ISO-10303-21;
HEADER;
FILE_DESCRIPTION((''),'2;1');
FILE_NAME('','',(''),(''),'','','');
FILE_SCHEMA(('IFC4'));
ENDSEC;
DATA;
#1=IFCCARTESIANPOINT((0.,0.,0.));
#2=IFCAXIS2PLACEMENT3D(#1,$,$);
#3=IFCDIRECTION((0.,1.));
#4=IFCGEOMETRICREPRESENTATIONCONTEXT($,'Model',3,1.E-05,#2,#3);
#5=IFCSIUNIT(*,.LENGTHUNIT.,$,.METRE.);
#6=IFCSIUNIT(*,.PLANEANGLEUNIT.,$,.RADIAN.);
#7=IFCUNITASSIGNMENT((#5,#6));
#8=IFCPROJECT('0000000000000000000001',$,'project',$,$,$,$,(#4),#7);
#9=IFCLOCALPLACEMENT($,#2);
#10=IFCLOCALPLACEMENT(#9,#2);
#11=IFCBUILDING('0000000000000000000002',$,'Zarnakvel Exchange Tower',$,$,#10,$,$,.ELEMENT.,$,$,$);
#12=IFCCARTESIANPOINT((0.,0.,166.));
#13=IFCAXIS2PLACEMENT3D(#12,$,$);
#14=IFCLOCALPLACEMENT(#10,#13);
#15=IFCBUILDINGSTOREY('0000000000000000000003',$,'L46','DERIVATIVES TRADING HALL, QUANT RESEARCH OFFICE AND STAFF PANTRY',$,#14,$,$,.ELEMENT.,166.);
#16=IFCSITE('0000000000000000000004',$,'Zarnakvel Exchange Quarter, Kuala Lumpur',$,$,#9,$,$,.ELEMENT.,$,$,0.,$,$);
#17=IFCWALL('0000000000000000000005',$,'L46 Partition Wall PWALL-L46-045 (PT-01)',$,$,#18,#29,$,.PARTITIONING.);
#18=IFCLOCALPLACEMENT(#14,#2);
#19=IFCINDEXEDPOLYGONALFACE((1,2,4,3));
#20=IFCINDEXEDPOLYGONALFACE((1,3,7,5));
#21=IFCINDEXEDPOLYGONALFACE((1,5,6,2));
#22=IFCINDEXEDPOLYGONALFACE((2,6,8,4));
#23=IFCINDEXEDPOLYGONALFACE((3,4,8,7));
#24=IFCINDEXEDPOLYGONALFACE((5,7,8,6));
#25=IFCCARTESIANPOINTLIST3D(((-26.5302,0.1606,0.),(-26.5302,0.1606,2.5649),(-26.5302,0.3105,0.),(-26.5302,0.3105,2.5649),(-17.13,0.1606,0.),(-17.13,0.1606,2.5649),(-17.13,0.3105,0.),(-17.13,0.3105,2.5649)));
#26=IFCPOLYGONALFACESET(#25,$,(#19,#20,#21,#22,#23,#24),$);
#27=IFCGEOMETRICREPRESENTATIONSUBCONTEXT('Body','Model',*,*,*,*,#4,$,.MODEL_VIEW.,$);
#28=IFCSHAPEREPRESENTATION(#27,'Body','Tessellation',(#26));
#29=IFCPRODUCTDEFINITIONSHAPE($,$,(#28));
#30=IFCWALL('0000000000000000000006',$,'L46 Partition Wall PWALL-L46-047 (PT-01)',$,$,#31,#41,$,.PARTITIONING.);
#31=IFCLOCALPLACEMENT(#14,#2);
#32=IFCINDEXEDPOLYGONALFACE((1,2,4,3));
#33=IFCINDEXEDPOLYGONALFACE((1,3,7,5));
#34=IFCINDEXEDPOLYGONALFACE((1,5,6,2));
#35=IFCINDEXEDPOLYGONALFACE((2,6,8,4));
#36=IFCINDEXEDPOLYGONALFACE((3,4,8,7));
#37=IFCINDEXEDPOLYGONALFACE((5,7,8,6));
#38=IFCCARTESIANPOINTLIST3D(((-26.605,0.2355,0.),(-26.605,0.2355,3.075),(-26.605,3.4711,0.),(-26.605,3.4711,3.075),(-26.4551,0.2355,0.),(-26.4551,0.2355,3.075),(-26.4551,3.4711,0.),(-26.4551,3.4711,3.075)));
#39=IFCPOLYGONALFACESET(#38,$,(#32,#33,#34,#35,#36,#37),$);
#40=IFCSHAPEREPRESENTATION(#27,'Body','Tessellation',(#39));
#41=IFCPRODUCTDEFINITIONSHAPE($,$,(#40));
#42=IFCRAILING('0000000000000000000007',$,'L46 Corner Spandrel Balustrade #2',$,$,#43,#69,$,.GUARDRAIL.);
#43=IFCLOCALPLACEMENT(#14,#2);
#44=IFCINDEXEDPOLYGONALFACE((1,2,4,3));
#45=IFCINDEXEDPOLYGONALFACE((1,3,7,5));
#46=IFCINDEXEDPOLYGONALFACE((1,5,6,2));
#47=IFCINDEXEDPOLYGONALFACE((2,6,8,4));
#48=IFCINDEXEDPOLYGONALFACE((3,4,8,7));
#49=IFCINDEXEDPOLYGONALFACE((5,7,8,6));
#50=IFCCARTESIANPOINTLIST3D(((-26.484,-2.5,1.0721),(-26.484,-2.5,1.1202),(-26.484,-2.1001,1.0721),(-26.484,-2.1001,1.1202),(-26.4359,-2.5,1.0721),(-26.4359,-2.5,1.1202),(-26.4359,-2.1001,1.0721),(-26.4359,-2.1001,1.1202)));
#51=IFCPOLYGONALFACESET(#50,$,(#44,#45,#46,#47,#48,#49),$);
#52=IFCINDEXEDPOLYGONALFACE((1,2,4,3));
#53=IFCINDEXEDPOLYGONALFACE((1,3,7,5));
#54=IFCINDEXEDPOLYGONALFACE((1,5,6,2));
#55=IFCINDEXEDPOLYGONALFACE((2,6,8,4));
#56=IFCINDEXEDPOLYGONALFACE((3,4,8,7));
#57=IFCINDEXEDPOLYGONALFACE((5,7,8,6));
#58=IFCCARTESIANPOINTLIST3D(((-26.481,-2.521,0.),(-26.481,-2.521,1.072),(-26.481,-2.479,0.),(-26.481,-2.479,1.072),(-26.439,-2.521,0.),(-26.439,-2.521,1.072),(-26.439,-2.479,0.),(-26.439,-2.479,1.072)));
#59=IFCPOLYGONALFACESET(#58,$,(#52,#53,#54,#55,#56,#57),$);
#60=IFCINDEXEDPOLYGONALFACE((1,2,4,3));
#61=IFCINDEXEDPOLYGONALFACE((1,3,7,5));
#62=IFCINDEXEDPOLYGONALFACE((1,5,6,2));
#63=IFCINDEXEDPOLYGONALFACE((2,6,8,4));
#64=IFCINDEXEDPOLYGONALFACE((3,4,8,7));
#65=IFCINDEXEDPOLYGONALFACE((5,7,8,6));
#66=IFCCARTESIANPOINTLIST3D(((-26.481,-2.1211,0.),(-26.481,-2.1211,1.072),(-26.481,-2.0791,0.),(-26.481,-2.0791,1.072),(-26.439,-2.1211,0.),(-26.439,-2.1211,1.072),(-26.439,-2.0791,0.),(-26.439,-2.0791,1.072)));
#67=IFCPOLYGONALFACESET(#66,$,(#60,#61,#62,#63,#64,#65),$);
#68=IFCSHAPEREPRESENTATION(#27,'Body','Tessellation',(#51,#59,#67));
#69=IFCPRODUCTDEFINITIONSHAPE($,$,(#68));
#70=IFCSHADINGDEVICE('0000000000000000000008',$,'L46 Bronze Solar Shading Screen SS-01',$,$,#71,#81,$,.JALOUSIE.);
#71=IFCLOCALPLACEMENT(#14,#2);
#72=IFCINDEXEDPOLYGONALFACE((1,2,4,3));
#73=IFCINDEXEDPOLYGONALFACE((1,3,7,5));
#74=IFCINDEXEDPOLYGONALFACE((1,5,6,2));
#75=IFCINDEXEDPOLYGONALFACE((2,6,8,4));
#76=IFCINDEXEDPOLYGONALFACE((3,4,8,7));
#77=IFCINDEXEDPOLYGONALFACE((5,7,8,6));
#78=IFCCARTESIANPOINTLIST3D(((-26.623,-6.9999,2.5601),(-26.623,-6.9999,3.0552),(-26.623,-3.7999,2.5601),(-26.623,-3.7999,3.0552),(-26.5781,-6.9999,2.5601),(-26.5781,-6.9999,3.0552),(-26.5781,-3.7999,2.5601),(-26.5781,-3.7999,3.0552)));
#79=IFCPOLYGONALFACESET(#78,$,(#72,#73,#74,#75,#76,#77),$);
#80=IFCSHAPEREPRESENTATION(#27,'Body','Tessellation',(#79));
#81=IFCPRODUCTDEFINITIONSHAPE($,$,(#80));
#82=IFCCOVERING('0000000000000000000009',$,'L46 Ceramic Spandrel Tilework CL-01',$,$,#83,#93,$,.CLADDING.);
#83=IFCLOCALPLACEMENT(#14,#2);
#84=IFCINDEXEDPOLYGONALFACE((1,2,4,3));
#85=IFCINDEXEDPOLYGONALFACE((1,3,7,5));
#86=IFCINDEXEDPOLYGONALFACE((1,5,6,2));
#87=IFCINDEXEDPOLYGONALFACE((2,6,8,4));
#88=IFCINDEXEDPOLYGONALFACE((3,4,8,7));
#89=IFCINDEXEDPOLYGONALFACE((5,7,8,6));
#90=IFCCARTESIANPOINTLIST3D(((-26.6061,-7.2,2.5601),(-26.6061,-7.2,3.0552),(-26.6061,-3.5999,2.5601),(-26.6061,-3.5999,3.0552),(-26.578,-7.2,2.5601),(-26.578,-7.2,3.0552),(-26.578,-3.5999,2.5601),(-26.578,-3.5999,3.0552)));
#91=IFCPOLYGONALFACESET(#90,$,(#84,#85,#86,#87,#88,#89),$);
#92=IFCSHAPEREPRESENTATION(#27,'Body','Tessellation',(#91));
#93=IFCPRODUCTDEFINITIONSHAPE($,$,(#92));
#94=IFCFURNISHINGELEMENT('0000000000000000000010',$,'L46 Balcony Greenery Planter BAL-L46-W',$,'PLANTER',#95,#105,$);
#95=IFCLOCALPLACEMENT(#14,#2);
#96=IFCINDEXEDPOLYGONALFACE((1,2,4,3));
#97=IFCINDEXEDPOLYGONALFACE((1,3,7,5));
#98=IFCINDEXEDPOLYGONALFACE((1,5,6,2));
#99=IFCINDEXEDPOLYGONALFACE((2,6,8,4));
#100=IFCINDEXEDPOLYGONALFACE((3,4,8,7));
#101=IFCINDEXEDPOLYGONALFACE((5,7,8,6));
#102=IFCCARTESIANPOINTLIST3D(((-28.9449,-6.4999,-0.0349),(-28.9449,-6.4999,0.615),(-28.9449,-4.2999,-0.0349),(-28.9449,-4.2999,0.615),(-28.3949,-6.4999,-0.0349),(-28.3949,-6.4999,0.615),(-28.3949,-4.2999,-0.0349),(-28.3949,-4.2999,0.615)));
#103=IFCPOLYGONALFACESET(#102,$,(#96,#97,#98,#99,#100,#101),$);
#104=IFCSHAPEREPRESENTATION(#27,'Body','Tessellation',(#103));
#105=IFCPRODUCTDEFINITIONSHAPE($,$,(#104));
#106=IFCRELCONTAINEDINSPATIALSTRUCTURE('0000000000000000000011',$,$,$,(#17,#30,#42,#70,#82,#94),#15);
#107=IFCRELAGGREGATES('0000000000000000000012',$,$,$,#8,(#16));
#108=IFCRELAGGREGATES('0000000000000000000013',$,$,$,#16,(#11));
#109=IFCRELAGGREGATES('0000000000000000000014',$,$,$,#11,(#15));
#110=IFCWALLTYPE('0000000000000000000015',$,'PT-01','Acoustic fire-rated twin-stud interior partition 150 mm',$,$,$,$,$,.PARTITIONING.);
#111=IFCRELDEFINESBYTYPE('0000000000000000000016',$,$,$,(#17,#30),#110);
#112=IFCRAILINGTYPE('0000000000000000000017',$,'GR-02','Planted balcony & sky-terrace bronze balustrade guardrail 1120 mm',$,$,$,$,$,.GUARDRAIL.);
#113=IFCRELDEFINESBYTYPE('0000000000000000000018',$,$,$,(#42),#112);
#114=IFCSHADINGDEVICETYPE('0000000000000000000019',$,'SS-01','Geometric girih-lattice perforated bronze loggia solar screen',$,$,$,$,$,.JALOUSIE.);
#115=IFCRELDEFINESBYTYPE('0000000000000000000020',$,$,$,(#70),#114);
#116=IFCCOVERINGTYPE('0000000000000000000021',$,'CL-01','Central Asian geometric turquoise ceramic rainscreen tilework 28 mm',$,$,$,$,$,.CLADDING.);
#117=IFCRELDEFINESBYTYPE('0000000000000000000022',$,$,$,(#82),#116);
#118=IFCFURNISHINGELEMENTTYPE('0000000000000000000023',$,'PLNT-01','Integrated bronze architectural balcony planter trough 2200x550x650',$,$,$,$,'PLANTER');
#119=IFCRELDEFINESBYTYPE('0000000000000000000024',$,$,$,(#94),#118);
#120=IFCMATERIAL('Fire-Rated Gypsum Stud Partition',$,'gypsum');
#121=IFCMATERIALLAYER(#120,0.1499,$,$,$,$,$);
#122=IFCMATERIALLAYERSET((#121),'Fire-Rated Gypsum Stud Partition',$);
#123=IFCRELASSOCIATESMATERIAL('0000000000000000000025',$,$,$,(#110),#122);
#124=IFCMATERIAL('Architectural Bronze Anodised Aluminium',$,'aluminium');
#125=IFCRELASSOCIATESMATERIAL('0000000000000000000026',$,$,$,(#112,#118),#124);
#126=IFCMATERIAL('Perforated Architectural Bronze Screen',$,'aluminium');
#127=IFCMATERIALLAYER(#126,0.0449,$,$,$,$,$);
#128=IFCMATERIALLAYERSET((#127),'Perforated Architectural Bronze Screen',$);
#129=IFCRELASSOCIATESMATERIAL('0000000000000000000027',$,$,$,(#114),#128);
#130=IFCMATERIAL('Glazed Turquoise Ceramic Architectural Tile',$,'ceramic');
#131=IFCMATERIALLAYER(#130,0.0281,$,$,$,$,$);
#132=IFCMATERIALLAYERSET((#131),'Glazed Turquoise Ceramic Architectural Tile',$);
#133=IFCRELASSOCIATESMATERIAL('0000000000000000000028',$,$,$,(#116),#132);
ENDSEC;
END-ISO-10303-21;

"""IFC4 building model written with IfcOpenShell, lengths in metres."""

from ifc_helpers import new_model, si_unit, direction, frame, frame_2d, origin, origin_2d, place, context, subcontext, project, spatial, rectangle, extrude, source, transform, mapped, material, layer, layer_set, type_object, element, save


model = new_model("IFC4")

# Units and contexts
model_context = context("Model", 3, precision=1e-05, world=origin(), true_north=direction((0.0, 1.0)))
body_context = subcontext(model_context, "Body", "Model", "MODEL_VIEW")
ifc_project = project(units=[si_unit("LENGTHUNIT", "METRE"), si_unit("PLANEANGLEUNIT", "RADIAN")], contexts=[model_context])

# Site, building, storey
site_placement = place(None, origin())
site = spatial("IfcSite", under=ifc_project, at=site_placement, Name="Zarnakvel Exchange Quarter, Kuala Lumpur", CompositionType="ELEMENT", RefElevation=0.0)
building_placement = place(site_placement, origin())
building = spatial("IfcBuilding", under=site, at=building_placement, Name="Zarnakvel Exchange Tower", CompositionType="ELEMENT")
storey_placement = place(building_placement, frame((0.0, 0.0, 166.0)))
storey = spatial("IfcBuildingStorey", under=building, at=storey_placement, Name="L46", Description="DERIVATIVES TRADING HALL, QUANT RESEARCH OFFICE AND STAFF PANTRY", CompositionType="ELEMENT", Elevation=166.0)

# Shared definitions
ifc_material_1 = material(Name="Architectural Bronze Anodised Aluminium", Category="aluminium")

# Shared definitions
ifc_material_2 = material(Name="Fire-Rated Gypsum Stud Partition", Category="gypsum")
ifc_layer_1 = layer(ifc_material_2, 0.1499)
ifc_layer_set_1 = layer_set([ifc_layer_1], Name="Fire-Rated Gypsum Stud Partition")
wall_type = type_object("IfcWallType", Name="PT-01", Description="Acoustic fire-rated twin-stud interior partition 150 mm", PredefinedType="PARTITIONING", material=ifc_layer_set_1)

# Walls
wall_1_placement = place(storey_placement, frame((-17.1299, 0.2356, 0.0), z_axis=(0.0, 0.0, 1.0), x_axis=(-1.0, 0.0, 0.0)))
element("IfcWall", 1, at=wall_1_placement, inside=storey, type_object=wall_type, Name="L46 Partition Wall PWALL-L46-045 (PT-01)", PredefinedType="PARTITIONING", context=body_context, shape_type="SweptSolid", body=[
    extrude(rectangle(XDim=9.4001, YDim=0.1499, at=frame_2d((4.7002, 0.0))), origin(), (0.0, 0.0, 1.0), 2.5649),
])
wall_2_placement = place(storey_placement, frame((-26.53, 0.2356, 0.0), z_axis=(0.0, 0.0, 1.0), x_axis=(0.0, 1.0, 0.0)))
element("IfcWall", 2, at=wall_2_placement, inside=storey, type_object=wall_type, Name="L46 Partition Wall PWALL-L46-047 (PT-01)", PredefinedType="PARTITIONING", context=body_context, shape_type="SweptSolid", body=[
    extrude(rectangle(XDim=3.2356, YDim=0.1499, at=frame_2d((1.6177, 0.0))), origin(), (0.0, 0.0, 1.0), 3.075),
])

# Railing
railing_type = type_object("IfcRailingType", Name="GR-02", Description="Planted balcony & sky-terrace bronze balustrade guardrail 1120 mm", PredefinedType="GUARDRAIL", material=ifc_material_1)
railing_placement = place(storey_placement, frame((-26.46, -2.5, 0.0)))
element("IfcRailing", 3, at=railing_placement, inside=storey, type_object=railing_type, Name="L46 Corner Spandrel Balustrade #2", PredefinedType="GUARDRAIL", context=body_context, shape_type="SweptSolid", body=[
    extrude(rectangle(XDim=0.0481, YDim=0.0481, at=origin_2d()), frame((0.0, 0.0, 1.0962), z_axis=(0.0, 1.0, 0.0), x_axis=(-1.0, 0.0, 0.0)), (0.0, 0.0, 1.0), 0.3999),
    extrude(rectangle(XDim=0.042, YDim=0.042, at=origin_2d()), origin(), (0.0, 0.0, 1.0), 1.072),
    extrude(rectangle(XDim=0.042, YDim=0.042, at=origin_2d()), frame((0.0, 0.3999, 0.0)), (0.0, 0.0, 1.0), 1.072),
])

# Shading device
ifc_material_3 = material(Name="Perforated Architectural Bronze Screen", Category="aluminium")
ifc_layer_2 = layer(ifc_material_3, 0.0449)
ifc_layer_set_2 = layer_set([ifc_layer_2], Name="Perforated Architectural Bronze Screen")
shading_device_type = type_object("IfcShadingDeviceType", Name="SS-01", Description="Geometric girih-lattice perforated bronze loggia solar screen", PredefinedType="JALOUSIE", material=ifc_layer_set_2)
shared_shape_1 = source(origin(), body_context, "Body", "SweptSolid", [
    extrude(rectangle(XDim=3.2, YDim=0.0449, at=origin_2d()), origin(), (0.0, 0.0, 1.0), 0.4951),
])
shading_device_placement = place(storey_placement, frame((-26.6006, -5.3999, 2.5601), z_axis=(0.0, 0.0, 1.0), x_axis=(0.0, 1.0, 0.0)))
element("IfcShadingDevice", 4, at=shading_device_placement, inside=storey, type_object=shading_device_type, Name="L46 Bronze Solar Shading Screen SS-01", PredefinedType="JALOUSIE", context=body_context, shape_type="MappedRepresentation", body=[
    mapped(shared_shape_1, transform((0.0, 0.0, 0.0), x_axis=(1.0, 0.0, 0.0), y_axis=(0.0, 1.0, 0.0), z_axis=(0.0, 0.0, 1.0), scale=1.0)),
])

# Covering
ifc_material_4 = material(Name="Glazed Turquoise Ceramic Architectural Tile", Category="ceramic")
ifc_layer_3 = layer(ifc_material_4, 0.0281)
ifc_layer_set_3 = layer_set([ifc_layer_3], Name="Glazed Turquoise Ceramic Architectural Tile")
covering_type = type_object("IfcCoveringType", Name="CL-01", Description="Central Asian geometric turquoise ceramic rainscreen tilework 28 mm", PredefinedType="CLADDING", material=ifc_layer_set_3)
shared_shape_2 = source(origin(), body_context, "Body", "SweptSolid", [
    extrude(rectangle(XDim=3.6001, YDim=0.0281, at=origin_2d()), origin(), (0.0, 0.0, 1.0), 0.4951),
])
covering_placement = place(storey_placement, frame((-26.592, -5.3999, 2.5601), z_axis=(0.0, 0.0, 1.0), x_axis=(0.0, 1.0, 0.0)))
element("IfcCovering", 5, at=covering_placement, inside=storey, type_object=covering_type, Name="L46 Ceramic Spandrel Tilework CL-01", PredefinedType="CLADDING", context=body_context, shape_type="MappedRepresentation", body=[
    mapped(shared_shape_2, transform((0.0, 0.0, 0.0), x_axis=(1.0, 0.0, 0.0), y_axis=(0.0, 1.0, 0.0), z_axis=(0.0, 0.0, 1.0), scale=1.0)),
])

# Furnishing element
furnishing_element_type = type_object("IfcFurnishingElementType", Name="PLNT-01", Description="Integrated bronze architectural balcony planter trough 2200x550x650", ElementType="PLANTER", material=ifc_material_1)
shared_shape_3 = source(origin(), body_context, "Body", "SweptSolid", [
    extrude(rectangle(XDim=2.2, YDim=0.55, at=origin_2d()), origin(), (0.0, 0.0, 1.0), 0.6499),
])
furnishing_placement = place(storey_placement, frame((-28.6699, -5.3999, -0.0349), z_axis=(0.0, 0.0, 1.0), x_axis=(0.0, 1.0, 0.0)))
element("IfcFurnishingElement", 6, at=furnishing_placement, inside=storey, type_object=furnishing_element_type, Name="L46 Balcony Greenery Planter BAL-L46-W", ObjectType="PLANTER", context=body_context, shape_type="MappedRepresentation", body=[
    mapped(shared_shape_3, transform((0.0, 0.0, 0.0), x_axis=(1.0, 0.0, 0.0), y_axis=(0.0, 1.0, 0.0), z_axis=(0.0, 0.0, 1.0), scale=1.0)),
])

save(model, "model.ifc")
